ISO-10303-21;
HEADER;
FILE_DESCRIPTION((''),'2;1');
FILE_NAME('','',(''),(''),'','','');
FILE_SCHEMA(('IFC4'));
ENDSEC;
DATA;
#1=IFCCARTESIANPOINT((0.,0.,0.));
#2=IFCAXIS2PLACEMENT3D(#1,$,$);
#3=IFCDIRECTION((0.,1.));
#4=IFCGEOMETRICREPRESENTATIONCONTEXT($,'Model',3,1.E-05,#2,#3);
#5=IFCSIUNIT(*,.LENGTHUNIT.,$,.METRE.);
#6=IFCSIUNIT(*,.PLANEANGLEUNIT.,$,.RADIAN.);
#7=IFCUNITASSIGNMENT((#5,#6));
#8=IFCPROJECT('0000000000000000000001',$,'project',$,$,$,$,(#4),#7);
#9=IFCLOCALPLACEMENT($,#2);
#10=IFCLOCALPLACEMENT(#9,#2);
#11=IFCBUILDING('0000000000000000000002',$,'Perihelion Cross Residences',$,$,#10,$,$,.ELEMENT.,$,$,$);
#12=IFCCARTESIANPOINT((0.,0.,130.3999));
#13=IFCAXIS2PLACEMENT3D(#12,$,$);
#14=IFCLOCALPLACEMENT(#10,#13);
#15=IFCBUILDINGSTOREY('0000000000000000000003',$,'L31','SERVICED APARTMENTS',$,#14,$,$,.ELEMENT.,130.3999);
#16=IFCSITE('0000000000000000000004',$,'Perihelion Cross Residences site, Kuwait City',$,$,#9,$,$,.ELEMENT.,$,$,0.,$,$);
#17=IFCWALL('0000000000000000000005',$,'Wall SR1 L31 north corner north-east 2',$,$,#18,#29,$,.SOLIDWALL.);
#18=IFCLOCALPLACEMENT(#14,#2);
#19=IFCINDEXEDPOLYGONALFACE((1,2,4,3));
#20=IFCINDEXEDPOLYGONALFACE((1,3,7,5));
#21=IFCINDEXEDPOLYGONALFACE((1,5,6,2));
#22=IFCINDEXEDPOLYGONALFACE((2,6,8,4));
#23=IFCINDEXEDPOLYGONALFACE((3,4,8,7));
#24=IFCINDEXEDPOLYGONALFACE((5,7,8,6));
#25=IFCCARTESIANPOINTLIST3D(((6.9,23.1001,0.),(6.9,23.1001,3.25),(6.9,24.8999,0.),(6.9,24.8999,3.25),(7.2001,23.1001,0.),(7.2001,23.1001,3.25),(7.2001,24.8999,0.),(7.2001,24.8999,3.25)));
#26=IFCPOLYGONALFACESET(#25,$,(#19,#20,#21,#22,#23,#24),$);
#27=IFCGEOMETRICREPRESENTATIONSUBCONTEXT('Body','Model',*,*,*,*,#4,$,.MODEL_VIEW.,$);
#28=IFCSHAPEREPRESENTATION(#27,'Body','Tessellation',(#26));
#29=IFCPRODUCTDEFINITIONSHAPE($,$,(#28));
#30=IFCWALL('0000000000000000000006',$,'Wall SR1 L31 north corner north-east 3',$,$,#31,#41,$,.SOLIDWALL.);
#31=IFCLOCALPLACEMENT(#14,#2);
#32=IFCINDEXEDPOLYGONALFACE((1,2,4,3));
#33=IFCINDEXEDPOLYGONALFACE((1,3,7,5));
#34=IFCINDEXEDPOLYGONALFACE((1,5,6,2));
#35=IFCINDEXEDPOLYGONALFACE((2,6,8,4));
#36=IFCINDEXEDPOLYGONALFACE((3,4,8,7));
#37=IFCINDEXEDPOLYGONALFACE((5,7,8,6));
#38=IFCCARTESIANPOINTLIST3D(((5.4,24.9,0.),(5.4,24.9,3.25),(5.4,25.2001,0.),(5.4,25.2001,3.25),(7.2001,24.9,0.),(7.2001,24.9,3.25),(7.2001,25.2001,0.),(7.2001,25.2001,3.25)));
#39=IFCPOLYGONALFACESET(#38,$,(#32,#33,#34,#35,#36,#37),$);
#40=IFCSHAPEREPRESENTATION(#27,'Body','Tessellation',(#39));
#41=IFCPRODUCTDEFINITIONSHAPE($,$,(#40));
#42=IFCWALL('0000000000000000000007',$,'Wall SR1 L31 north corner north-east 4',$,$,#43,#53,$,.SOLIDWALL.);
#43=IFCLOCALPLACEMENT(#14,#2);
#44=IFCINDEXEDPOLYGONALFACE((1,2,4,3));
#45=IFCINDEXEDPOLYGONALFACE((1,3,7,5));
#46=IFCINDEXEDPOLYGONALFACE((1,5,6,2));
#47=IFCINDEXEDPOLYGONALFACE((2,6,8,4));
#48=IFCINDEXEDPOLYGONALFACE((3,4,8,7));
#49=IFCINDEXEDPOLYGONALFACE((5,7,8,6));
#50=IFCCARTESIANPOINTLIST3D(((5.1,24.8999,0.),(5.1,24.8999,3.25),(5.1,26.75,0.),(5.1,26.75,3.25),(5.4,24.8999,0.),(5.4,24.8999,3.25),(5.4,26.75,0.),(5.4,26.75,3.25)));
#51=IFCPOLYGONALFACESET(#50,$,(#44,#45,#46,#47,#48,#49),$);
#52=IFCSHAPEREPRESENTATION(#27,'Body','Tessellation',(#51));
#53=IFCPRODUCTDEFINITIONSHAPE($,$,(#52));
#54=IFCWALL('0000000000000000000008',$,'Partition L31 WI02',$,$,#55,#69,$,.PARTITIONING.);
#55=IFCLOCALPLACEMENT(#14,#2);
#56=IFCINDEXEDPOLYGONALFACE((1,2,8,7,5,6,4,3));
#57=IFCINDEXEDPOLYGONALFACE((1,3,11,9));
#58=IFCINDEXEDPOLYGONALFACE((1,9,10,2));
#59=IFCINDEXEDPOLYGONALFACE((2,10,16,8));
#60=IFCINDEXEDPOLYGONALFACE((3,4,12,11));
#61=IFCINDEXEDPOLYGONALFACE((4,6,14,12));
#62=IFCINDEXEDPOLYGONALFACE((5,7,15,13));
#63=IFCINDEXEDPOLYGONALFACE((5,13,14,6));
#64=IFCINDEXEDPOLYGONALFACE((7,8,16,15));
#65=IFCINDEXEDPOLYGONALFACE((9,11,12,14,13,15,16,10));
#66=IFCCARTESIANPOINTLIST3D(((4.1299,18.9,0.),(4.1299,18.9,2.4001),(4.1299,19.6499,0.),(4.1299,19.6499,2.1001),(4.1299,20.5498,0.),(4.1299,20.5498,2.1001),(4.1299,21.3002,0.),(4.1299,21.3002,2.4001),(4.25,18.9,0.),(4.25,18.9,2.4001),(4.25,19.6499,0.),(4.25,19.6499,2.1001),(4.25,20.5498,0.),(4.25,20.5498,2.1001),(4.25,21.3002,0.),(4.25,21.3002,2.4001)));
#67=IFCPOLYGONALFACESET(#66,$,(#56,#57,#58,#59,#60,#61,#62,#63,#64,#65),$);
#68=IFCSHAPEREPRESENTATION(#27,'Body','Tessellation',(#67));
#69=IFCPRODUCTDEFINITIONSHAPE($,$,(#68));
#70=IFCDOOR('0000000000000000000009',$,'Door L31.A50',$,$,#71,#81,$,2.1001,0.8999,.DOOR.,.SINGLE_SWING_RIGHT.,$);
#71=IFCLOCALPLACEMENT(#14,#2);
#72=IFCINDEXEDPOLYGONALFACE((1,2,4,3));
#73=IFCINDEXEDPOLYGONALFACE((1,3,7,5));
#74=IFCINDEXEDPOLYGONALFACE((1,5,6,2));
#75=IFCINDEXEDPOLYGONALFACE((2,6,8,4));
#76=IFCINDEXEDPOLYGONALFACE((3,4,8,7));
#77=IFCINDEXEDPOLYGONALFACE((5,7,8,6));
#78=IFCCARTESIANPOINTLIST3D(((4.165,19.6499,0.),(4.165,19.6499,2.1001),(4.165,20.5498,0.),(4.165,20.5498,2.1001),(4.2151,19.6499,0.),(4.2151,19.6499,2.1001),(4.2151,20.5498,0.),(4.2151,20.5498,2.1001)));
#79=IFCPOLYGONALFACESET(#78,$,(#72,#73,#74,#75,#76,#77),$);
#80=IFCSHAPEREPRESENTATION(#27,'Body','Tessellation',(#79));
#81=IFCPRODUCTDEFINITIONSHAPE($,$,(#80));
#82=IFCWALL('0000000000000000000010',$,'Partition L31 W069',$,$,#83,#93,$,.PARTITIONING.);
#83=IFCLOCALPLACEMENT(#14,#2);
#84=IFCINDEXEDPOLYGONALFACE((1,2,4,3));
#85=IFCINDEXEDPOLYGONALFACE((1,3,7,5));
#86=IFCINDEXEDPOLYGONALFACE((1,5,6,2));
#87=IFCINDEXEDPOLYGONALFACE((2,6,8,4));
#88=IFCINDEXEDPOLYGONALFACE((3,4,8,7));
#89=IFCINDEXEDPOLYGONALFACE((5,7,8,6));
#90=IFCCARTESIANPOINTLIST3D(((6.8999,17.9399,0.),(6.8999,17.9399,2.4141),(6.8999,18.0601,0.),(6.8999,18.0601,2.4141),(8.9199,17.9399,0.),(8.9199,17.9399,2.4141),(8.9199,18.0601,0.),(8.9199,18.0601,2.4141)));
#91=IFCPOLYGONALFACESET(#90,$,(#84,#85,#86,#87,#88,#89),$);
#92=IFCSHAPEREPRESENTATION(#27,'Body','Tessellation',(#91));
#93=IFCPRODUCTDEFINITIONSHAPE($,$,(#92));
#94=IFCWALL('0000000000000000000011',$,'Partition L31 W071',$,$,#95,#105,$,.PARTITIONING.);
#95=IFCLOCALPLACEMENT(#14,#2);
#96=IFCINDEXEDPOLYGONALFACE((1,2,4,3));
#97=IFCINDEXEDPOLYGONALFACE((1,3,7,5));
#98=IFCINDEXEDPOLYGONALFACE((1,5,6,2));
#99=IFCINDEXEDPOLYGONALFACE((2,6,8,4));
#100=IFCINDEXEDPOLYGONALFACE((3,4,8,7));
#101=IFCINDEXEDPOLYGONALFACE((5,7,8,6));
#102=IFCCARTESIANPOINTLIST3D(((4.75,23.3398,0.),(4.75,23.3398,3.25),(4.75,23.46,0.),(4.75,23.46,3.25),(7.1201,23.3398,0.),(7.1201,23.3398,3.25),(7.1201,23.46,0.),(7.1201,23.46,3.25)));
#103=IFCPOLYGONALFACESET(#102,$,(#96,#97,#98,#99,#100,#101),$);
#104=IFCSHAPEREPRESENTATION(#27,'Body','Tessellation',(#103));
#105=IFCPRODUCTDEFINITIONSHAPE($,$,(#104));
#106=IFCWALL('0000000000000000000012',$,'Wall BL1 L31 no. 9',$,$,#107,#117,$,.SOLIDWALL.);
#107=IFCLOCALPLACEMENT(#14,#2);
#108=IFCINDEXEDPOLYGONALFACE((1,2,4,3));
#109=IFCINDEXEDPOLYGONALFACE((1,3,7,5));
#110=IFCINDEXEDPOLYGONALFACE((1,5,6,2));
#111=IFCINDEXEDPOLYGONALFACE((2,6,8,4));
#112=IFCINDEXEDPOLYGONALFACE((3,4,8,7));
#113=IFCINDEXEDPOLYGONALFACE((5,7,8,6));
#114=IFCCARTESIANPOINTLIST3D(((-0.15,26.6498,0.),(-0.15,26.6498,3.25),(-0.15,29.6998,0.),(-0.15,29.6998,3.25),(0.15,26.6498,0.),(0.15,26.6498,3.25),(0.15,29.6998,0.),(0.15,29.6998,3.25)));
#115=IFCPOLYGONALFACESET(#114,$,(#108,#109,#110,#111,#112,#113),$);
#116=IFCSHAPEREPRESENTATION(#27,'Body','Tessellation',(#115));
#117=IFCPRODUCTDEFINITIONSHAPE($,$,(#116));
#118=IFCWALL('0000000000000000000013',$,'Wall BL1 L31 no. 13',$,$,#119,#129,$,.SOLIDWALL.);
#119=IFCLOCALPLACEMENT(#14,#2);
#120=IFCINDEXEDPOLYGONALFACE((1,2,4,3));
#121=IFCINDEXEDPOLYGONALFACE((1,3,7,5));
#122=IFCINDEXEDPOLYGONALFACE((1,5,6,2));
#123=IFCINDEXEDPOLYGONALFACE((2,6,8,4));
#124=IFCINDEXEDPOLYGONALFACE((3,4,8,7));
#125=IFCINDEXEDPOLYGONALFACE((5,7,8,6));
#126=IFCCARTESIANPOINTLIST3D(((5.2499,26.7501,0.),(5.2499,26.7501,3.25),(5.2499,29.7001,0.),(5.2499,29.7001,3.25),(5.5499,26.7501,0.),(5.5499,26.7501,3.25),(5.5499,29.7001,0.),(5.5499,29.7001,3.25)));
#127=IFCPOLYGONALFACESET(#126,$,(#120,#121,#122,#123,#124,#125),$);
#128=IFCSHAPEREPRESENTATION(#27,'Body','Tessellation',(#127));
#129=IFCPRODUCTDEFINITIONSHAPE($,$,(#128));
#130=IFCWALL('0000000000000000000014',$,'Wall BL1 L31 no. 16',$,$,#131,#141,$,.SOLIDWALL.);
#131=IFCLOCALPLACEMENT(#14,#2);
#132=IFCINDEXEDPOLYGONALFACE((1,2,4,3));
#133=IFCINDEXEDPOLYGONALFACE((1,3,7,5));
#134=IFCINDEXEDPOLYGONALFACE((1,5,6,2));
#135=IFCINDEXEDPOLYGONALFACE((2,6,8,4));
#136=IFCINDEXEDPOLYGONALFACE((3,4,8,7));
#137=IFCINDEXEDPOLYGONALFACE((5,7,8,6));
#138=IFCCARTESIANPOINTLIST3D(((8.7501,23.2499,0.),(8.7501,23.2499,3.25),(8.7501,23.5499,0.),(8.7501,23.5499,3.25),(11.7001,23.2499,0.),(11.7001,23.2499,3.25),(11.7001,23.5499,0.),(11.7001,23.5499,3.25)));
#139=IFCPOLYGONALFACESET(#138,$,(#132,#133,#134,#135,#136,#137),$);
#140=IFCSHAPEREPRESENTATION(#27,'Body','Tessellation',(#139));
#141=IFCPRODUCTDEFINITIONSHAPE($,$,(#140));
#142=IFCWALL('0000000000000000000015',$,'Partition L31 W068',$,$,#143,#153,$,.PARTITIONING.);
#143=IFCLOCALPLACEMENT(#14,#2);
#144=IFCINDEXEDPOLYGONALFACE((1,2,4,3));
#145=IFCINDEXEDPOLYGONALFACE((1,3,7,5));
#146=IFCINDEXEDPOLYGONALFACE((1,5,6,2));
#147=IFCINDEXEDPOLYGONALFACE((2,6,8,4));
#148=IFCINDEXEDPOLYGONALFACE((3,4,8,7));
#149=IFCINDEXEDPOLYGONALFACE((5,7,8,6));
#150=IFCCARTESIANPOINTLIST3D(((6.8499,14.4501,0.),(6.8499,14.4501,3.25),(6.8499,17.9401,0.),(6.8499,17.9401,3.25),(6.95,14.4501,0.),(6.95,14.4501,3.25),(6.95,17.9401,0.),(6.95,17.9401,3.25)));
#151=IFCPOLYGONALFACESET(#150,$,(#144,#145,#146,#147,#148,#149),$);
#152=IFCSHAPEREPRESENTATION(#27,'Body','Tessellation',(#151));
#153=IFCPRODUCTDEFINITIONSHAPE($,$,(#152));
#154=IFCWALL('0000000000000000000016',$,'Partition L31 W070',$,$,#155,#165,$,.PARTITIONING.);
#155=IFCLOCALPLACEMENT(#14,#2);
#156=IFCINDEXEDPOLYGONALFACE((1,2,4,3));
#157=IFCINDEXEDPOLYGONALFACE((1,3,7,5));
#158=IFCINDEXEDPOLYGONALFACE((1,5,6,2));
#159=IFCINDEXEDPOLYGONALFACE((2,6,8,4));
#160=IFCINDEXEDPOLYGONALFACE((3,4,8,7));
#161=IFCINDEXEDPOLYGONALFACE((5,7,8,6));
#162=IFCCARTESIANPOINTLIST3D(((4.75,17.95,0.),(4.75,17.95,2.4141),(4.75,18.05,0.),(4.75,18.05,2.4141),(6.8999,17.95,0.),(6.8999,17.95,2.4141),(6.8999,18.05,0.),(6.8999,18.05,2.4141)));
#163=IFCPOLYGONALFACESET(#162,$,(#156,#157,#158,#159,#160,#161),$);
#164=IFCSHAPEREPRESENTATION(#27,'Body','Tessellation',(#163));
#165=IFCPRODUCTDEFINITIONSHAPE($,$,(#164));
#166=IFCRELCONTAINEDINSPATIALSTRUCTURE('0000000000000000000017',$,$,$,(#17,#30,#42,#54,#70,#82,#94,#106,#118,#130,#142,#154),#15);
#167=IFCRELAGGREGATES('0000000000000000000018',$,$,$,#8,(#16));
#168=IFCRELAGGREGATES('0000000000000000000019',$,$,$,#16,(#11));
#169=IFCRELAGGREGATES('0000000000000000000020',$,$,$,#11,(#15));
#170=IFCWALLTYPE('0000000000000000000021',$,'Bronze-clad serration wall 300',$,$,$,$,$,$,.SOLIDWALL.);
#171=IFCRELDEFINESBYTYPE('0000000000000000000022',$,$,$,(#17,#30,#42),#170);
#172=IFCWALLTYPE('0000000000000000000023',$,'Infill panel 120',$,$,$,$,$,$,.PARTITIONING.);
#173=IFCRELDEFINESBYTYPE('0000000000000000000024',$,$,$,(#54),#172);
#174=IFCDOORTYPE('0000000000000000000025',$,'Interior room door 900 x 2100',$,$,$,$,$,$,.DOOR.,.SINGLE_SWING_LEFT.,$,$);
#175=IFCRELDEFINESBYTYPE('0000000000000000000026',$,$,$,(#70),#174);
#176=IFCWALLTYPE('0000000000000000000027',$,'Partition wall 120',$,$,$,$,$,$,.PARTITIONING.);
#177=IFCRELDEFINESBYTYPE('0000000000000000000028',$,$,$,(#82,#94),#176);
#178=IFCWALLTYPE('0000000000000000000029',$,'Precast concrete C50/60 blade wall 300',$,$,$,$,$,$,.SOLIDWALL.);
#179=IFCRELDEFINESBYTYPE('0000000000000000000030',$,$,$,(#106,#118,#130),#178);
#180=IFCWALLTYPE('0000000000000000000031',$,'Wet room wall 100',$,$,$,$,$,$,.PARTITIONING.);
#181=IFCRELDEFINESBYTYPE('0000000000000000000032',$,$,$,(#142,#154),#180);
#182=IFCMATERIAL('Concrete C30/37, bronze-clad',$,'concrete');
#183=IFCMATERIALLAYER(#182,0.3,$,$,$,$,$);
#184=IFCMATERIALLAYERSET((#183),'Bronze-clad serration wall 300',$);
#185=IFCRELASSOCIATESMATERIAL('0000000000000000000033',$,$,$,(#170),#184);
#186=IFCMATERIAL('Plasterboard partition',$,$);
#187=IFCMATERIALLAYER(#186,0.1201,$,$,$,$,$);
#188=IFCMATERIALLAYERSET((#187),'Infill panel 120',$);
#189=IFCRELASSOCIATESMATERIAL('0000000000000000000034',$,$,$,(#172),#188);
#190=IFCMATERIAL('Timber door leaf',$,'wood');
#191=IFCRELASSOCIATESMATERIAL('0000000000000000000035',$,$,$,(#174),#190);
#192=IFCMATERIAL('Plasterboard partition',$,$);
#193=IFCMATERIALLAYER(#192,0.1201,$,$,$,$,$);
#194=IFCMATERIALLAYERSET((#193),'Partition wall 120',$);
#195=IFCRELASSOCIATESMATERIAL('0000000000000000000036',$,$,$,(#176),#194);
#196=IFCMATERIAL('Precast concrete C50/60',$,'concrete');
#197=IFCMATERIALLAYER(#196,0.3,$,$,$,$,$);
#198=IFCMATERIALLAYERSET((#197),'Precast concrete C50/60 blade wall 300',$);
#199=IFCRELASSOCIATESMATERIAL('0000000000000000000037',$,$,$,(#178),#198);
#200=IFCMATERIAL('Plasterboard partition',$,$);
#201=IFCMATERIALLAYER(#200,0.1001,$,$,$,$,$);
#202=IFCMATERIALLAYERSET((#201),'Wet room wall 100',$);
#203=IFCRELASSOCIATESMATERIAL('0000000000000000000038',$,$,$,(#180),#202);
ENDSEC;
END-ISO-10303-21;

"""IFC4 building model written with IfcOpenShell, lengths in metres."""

from ifc_helpers import new_model, si_unit, direction, frame, frame_2d, origin, place, context, subcontext, project, spatial, rectangle, extrude, material, layer, layer_set, type_object, element, fill, save


model = new_model("IFC4")

# Units and contexts
model_context = context("Model", 3, precision=1e-05, world=origin(), true_north=direction((0.0, 1.0)))
body_context = subcontext(model_context, "Body", "Model", "MODEL_VIEW")
ifc_project = project(units=[si_unit("LENGTHUNIT", "METRE"), si_unit("PLANEANGLEUNIT", "RADIAN")], contexts=[model_context])

# Site, building, storey
site_placement = place(None, origin())
site = spatial("IfcSite", under=ifc_project, at=site_placement, Name="Perihelion Cross Residences site, Kuwait City", CompositionType="ELEMENT", RefElevation=0.0)
building_placement = place(site_placement, origin())
building = spatial("IfcBuilding", under=site, at=building_placement, Name="Perihelion Cross Residences", CompositionType="ELEMENT")
storey_placement = place(building_placement, frame((0.0, 0.0, 130.3999)))
storey = spatial("IfcBuildingStorey", under=building, at=storey_placement, Name="L31", Description="SERVICED APARTMENTS", CompositionType="ELEMENT", Elevation=130.3999)

# Walls
ifc_material_1 = material(Name="Concrete C30/37, bronze-clad", Category="concrete")
ifc_layer_1 = layer(ifc_material_1, 0.3)
ifc_layer_set_1 = layer_set([ifc_layer_1], Name="Bronze-clad serration wall 300")
wall_type_1 = type_object("IfcWallType", Name="Bronze-clad serration wall 300", PredefinedType="SOLIDWALL", material=ifc_layer_set_1)
wall_1_placement = place(storey_placement, frame((7.05, 23.1001, 0.0), z_axis=(0.0, 0.0, 1.0), x_axis=(0.0, 1.0, 0.0)))
element("IfcWall", 1, at=wall_1_placement, inside=storey, type_object=wall_type_1, Name="Wall SR1 L31 north corner north-east 2", PredefinedType="SOLIDWALL", context=body_context, shape_type="SweptSolid", body=[
    extrude(rectangle(XDim=1.7998, YDim=0.3, at=frame_2d((0.8999, 0.0))), origin(), (0.0, 0.0, 1.0), 3.25),
])
wall_2_placement = place(storey_placement, frame((7.2, 25.05, 0.0), z_axis=(0.0, 0.0, 1.0), x_axis=(-1.0, 0.0, 0.0)))
element("IfcWall", 2, at=wall_2_placement, inside=storey, type_object=wall_type_1, Name="Wall SR1 L31 north corner north-east 3", PredefinedType="SOLIDWALL", context=body_context, shape_type="SweptSolid", body=[
    extrude(rectangle(XDim=1.8, YDim=0.3, at=frame_2d((0.8999, 0.0))), origin(), (0.0, 0.0, 1.0), 3.25),
])
wall_3_placement = place(storey_placement, frame((5.25, 24.8999, 0.0), z_axis=(0.0, 0.0, 1.0), x_axis=(0.0, 1.0, 0.0)))
element("IfcWall", 3, at=wall_3_placement, inside=storey, type_object=wall_type_1, Name="Wall SR1 L31 north corner north-east 4", PredefinedType="SOLIDWALL", context=body_context, shape_type="SweptSolid", body=[
    extrude(rectangle(XDim=1.8501, YDim=0.3, at=frame_2d((0.925, 0.0))), origin(), (0.0, 0.0, 1.0), 3.25),
])

# Wall, opening, door
ifc_material_2 = material(Name="Plasterboard partition")
ifc_layer_2 = layer(ifc_material_2, 0.1201)
ifc_layer_set_2 = layer_set([ifc_layer_2], Name="Infill panel 120")
wall_type_2 = type_object("IfcWallType", Name="Infill panel 120", PredefinedType="PARTITIONING", material=ifc_layer_set_2)
wall_4_placement = place(storey_placement, frame((4.1899, 18.8999, 0.0), z_axis=(0.0, 0.0, 1.0), x_axis=(0.0, 1.0, 0.0)))
wall_4 = element("IfcWall", 4, at=wall_4_placement, inside=storey, type_object=wall_type_2, Name="Partition L31 WI02", PredefinedType="PARTITIONING", context=body_context, shape_type="SweptSolid", body=[
    extrude(rectangle(XDim=2.4001, YDim=0.1201, at=frame_2d((1.2002, 0.0))), origin(), (0.0, 0.0, 1.0), 2.4001),
])
opening_1_placement = place(wall_4_placement, frame((0.75, 0.0, 0.0)))
opening_1 = element("IfcOpeningElement", 5, at=opening_1_placement, cuts=wall_4, PredefinedType="OPENING", context=body_context, shape_type="SweptSolid", body=[
    extrude(rectangle(XDim=0.8999, YDim=2.1001, at=frame_2d((0.45, 1.05))), frame((0.0, 0.0701, 0.0), z_axis=(0.0, -1.0, 0.0), x_axis=(1.0, 0.0, 0.0)), (0.0, 0.0, 1.0), 0.1401),
])
ifc_material_3 = material(Name="Timber door leaf", Category="wood")
door_type_1 = type_object("IfcDoorType", Name="Interior room door 900 x 2100", OperationType="SINGLE_SWING_LEFT", PredefinedType="DOOR", material=ifc_material_3)
door_1_placement = place(opening_1_placement, origin())
door_1 = element("IfcDoor", 6, at=door_1_placement, inside=storey, type_object=door_type_1, Name="Door L31.A50", OperationType="SINGLE_SWING_RIGHT", OverallHeight=2.1001, OverallWidth=0.8999, PredefinedType="DOOR", context=body_context, shape_type="SweptSolid", body=[
    extrude(rectangle(XDim=0.8999, YDim=2.1001, at=frame_2d((0.45, 1.05))), frame((0.0, 0.0249, 0.0), z_axis=(0.0, -1.0, 0.0), x_axis=(1.0, 0.0, 0.0)), (0.0, 0.0, 1.0), 0.05),
])
fill(opening_1, door_1)

# Walls
ifc_material_4 = material(Name="Plasterboard partition")
ifc_layer_3 = layer(ifc_material_4, 0.1201)
ifc_layer_set_3 = layer_set([ifc_layer_3], Name="Partition wall 120")
wall_type_3 = type_object("IfcWallType", Name="Partition wall 120", PredefinedType="PARTITIONING", material=ifc_layer_set_3)
wall_5_placement = place(storey_placement, frame((6.8999, 18.0, 0.0), z_axis=(0.0, 0.0, 1.0), x_axis=(1.0, 0.0, 0.0)))
element("IfcWall", 7, at=wall_5_placement, inside=storey, type_object=wall_type_3, Name="Partition L31 W069", PredefinedType="PARTITIONING", context=body_context, shape_type="SweptSolid", body=[
    extrude(rectangle(XDim=2.02, YDim=0.1201, at=frame_2d((1.01, 0.0))), origin(), (0.0, 0.0, 1.0), 2.4141),
])
wall_6_placement = place(storey_placement, frame((4.75, 23.3999, 0.0), z_axis=(0.0, 0.0, 1.0), x_axis=(1.0, 0.0, 0.0)))
element("IfcWall", 8, at=wall_6_placement, inside=storey, type_object=wall_type_3, Name="Partition L31 W071", PredefinedType="PARTITIONING", context=body_context, shape_type="SweptSolid", body=[
    extrude(rectangle(XDim=2.3701, YDim=0.1201, at=frame_2d((1.1851, 0.0))), origin(), (0.0, 0.0, 1.0), 3.25),
])
ifc_material_5 = material(Name="Precast concrete C50/60", Category="concrete")
ifc_layer_4 = layer(ifc_material_5, 0.3)
ifc_layer_set_4 = layer_set([ifc_layer_4], Name="Precast concrete C50/60 blade wall 300")
wall_type_4 = type_object("IfcWallType", Name="Precast concrete C50/60 blade wall 300", PredefinedType="SOLIDWALL", material=ifc_layer_set_4)
wall_7_placement = place(storey_placement, frame((0.0, 26.6499, 0.0), z_axis=(0.0, 0.0, 1.0), x_axis=(0.0, 1.0, 0.0)))
element("IfcWall", 9, at=wall_7_placement, inside=storey, type_object=wall_type_4, Name="Wall BL1 L31 no. 9", PredefinedType="SOLIDWALL", context=body_context, shape_type="SweptSolid", body=[
    extrude(rectangle(XDim=3.05, YDim=0.3, at=frame_2d((1.5249, 0.0))), origin(), (0.0, 0.0, 1.0), 3.25),
])
for number, where, z_axis, x_axis, name in (
    (10, (5.3999, 26.75, 0.0), (0.0, 0.0, 1.0), (0.0, 1.0, 0.0), "Wall BL1 L31 no. 13"),
    (11, (8.75, 23.3999, 0.0), (0.0, 0.0, 1.0), (1.0, 0.0, 0.0), "Wall BL1 L31 no. 16"),
):
    element("IfcWall", number, at=place(storey_placement, frame(where, z_axis=z_axis, x_axis=x_axis)), inside=storey, type_object=wall_type_4, Name=name, PredefinedType="SOLIDWALL", context=body_context, shape_type="SweptSolid", body=[
        extrude(rectangle(XDim=2.95, YDim=0.3, at=frame_2d((1.4751, 0.0))), origin(), (0.0, 0.0, 1.0), 3.25),
    ])
ifc_material_6 = material(Name="Plasterboard partition")
ifc_layer_5 = layer(ifc_material_6, 0.1001)
ifc_layer_set_5 = layer_set([ifc_layer_5], Name="Wet room wall 100")
wall_type_5 = type_object("IfcWallType", Name="Wet room wall 100", PredefinedType="PARTITIONING", material=ifc_layer_set_5)
wall_8_placement = place(storey_placement, frame((6.8999, 14.45, 0.0), z_axis=(0.0, 0.0, 1.0), x_axis=(0.0, 1.0, 0.0)))
element("IfcWall", 12, at=wall_8_placement, inside=storey, type_object=wall_type_5, Name="Partition L31 W068", PredefinedType="PARTITIONING", context=body_context, shape_type="SweptSolid", body=[
    extrude(rectangle(XDim=3.49, YDim=0.1001, at=frame_2d((1.7451, 0.0))), origin(), (0.0, 0.0, 1.0), 3.25),
])
wall_9_placement = place(storey_placement, frame((4.75, 18.0, 0.0), z_axis=(0.0, 0.0, 1.0), x_axis=(1.0, 0.0, 0.0)))
element("IfcWall", 13, at=wall_9_placement, inside=storey, type_object=wall_type_5, Name="Partition L31 W070", PredefinedType="PARTITIONING", context=body_context, shape_type="SweptSolid", body=[
    extrude(rectangle(XDim=2.1499, YDim=0.1001, at=frame_2d((1.075, 0.0))), origin(), (0.0, 0.0, 1.0), 2.4141),
])

save(model, "model.ifc")
